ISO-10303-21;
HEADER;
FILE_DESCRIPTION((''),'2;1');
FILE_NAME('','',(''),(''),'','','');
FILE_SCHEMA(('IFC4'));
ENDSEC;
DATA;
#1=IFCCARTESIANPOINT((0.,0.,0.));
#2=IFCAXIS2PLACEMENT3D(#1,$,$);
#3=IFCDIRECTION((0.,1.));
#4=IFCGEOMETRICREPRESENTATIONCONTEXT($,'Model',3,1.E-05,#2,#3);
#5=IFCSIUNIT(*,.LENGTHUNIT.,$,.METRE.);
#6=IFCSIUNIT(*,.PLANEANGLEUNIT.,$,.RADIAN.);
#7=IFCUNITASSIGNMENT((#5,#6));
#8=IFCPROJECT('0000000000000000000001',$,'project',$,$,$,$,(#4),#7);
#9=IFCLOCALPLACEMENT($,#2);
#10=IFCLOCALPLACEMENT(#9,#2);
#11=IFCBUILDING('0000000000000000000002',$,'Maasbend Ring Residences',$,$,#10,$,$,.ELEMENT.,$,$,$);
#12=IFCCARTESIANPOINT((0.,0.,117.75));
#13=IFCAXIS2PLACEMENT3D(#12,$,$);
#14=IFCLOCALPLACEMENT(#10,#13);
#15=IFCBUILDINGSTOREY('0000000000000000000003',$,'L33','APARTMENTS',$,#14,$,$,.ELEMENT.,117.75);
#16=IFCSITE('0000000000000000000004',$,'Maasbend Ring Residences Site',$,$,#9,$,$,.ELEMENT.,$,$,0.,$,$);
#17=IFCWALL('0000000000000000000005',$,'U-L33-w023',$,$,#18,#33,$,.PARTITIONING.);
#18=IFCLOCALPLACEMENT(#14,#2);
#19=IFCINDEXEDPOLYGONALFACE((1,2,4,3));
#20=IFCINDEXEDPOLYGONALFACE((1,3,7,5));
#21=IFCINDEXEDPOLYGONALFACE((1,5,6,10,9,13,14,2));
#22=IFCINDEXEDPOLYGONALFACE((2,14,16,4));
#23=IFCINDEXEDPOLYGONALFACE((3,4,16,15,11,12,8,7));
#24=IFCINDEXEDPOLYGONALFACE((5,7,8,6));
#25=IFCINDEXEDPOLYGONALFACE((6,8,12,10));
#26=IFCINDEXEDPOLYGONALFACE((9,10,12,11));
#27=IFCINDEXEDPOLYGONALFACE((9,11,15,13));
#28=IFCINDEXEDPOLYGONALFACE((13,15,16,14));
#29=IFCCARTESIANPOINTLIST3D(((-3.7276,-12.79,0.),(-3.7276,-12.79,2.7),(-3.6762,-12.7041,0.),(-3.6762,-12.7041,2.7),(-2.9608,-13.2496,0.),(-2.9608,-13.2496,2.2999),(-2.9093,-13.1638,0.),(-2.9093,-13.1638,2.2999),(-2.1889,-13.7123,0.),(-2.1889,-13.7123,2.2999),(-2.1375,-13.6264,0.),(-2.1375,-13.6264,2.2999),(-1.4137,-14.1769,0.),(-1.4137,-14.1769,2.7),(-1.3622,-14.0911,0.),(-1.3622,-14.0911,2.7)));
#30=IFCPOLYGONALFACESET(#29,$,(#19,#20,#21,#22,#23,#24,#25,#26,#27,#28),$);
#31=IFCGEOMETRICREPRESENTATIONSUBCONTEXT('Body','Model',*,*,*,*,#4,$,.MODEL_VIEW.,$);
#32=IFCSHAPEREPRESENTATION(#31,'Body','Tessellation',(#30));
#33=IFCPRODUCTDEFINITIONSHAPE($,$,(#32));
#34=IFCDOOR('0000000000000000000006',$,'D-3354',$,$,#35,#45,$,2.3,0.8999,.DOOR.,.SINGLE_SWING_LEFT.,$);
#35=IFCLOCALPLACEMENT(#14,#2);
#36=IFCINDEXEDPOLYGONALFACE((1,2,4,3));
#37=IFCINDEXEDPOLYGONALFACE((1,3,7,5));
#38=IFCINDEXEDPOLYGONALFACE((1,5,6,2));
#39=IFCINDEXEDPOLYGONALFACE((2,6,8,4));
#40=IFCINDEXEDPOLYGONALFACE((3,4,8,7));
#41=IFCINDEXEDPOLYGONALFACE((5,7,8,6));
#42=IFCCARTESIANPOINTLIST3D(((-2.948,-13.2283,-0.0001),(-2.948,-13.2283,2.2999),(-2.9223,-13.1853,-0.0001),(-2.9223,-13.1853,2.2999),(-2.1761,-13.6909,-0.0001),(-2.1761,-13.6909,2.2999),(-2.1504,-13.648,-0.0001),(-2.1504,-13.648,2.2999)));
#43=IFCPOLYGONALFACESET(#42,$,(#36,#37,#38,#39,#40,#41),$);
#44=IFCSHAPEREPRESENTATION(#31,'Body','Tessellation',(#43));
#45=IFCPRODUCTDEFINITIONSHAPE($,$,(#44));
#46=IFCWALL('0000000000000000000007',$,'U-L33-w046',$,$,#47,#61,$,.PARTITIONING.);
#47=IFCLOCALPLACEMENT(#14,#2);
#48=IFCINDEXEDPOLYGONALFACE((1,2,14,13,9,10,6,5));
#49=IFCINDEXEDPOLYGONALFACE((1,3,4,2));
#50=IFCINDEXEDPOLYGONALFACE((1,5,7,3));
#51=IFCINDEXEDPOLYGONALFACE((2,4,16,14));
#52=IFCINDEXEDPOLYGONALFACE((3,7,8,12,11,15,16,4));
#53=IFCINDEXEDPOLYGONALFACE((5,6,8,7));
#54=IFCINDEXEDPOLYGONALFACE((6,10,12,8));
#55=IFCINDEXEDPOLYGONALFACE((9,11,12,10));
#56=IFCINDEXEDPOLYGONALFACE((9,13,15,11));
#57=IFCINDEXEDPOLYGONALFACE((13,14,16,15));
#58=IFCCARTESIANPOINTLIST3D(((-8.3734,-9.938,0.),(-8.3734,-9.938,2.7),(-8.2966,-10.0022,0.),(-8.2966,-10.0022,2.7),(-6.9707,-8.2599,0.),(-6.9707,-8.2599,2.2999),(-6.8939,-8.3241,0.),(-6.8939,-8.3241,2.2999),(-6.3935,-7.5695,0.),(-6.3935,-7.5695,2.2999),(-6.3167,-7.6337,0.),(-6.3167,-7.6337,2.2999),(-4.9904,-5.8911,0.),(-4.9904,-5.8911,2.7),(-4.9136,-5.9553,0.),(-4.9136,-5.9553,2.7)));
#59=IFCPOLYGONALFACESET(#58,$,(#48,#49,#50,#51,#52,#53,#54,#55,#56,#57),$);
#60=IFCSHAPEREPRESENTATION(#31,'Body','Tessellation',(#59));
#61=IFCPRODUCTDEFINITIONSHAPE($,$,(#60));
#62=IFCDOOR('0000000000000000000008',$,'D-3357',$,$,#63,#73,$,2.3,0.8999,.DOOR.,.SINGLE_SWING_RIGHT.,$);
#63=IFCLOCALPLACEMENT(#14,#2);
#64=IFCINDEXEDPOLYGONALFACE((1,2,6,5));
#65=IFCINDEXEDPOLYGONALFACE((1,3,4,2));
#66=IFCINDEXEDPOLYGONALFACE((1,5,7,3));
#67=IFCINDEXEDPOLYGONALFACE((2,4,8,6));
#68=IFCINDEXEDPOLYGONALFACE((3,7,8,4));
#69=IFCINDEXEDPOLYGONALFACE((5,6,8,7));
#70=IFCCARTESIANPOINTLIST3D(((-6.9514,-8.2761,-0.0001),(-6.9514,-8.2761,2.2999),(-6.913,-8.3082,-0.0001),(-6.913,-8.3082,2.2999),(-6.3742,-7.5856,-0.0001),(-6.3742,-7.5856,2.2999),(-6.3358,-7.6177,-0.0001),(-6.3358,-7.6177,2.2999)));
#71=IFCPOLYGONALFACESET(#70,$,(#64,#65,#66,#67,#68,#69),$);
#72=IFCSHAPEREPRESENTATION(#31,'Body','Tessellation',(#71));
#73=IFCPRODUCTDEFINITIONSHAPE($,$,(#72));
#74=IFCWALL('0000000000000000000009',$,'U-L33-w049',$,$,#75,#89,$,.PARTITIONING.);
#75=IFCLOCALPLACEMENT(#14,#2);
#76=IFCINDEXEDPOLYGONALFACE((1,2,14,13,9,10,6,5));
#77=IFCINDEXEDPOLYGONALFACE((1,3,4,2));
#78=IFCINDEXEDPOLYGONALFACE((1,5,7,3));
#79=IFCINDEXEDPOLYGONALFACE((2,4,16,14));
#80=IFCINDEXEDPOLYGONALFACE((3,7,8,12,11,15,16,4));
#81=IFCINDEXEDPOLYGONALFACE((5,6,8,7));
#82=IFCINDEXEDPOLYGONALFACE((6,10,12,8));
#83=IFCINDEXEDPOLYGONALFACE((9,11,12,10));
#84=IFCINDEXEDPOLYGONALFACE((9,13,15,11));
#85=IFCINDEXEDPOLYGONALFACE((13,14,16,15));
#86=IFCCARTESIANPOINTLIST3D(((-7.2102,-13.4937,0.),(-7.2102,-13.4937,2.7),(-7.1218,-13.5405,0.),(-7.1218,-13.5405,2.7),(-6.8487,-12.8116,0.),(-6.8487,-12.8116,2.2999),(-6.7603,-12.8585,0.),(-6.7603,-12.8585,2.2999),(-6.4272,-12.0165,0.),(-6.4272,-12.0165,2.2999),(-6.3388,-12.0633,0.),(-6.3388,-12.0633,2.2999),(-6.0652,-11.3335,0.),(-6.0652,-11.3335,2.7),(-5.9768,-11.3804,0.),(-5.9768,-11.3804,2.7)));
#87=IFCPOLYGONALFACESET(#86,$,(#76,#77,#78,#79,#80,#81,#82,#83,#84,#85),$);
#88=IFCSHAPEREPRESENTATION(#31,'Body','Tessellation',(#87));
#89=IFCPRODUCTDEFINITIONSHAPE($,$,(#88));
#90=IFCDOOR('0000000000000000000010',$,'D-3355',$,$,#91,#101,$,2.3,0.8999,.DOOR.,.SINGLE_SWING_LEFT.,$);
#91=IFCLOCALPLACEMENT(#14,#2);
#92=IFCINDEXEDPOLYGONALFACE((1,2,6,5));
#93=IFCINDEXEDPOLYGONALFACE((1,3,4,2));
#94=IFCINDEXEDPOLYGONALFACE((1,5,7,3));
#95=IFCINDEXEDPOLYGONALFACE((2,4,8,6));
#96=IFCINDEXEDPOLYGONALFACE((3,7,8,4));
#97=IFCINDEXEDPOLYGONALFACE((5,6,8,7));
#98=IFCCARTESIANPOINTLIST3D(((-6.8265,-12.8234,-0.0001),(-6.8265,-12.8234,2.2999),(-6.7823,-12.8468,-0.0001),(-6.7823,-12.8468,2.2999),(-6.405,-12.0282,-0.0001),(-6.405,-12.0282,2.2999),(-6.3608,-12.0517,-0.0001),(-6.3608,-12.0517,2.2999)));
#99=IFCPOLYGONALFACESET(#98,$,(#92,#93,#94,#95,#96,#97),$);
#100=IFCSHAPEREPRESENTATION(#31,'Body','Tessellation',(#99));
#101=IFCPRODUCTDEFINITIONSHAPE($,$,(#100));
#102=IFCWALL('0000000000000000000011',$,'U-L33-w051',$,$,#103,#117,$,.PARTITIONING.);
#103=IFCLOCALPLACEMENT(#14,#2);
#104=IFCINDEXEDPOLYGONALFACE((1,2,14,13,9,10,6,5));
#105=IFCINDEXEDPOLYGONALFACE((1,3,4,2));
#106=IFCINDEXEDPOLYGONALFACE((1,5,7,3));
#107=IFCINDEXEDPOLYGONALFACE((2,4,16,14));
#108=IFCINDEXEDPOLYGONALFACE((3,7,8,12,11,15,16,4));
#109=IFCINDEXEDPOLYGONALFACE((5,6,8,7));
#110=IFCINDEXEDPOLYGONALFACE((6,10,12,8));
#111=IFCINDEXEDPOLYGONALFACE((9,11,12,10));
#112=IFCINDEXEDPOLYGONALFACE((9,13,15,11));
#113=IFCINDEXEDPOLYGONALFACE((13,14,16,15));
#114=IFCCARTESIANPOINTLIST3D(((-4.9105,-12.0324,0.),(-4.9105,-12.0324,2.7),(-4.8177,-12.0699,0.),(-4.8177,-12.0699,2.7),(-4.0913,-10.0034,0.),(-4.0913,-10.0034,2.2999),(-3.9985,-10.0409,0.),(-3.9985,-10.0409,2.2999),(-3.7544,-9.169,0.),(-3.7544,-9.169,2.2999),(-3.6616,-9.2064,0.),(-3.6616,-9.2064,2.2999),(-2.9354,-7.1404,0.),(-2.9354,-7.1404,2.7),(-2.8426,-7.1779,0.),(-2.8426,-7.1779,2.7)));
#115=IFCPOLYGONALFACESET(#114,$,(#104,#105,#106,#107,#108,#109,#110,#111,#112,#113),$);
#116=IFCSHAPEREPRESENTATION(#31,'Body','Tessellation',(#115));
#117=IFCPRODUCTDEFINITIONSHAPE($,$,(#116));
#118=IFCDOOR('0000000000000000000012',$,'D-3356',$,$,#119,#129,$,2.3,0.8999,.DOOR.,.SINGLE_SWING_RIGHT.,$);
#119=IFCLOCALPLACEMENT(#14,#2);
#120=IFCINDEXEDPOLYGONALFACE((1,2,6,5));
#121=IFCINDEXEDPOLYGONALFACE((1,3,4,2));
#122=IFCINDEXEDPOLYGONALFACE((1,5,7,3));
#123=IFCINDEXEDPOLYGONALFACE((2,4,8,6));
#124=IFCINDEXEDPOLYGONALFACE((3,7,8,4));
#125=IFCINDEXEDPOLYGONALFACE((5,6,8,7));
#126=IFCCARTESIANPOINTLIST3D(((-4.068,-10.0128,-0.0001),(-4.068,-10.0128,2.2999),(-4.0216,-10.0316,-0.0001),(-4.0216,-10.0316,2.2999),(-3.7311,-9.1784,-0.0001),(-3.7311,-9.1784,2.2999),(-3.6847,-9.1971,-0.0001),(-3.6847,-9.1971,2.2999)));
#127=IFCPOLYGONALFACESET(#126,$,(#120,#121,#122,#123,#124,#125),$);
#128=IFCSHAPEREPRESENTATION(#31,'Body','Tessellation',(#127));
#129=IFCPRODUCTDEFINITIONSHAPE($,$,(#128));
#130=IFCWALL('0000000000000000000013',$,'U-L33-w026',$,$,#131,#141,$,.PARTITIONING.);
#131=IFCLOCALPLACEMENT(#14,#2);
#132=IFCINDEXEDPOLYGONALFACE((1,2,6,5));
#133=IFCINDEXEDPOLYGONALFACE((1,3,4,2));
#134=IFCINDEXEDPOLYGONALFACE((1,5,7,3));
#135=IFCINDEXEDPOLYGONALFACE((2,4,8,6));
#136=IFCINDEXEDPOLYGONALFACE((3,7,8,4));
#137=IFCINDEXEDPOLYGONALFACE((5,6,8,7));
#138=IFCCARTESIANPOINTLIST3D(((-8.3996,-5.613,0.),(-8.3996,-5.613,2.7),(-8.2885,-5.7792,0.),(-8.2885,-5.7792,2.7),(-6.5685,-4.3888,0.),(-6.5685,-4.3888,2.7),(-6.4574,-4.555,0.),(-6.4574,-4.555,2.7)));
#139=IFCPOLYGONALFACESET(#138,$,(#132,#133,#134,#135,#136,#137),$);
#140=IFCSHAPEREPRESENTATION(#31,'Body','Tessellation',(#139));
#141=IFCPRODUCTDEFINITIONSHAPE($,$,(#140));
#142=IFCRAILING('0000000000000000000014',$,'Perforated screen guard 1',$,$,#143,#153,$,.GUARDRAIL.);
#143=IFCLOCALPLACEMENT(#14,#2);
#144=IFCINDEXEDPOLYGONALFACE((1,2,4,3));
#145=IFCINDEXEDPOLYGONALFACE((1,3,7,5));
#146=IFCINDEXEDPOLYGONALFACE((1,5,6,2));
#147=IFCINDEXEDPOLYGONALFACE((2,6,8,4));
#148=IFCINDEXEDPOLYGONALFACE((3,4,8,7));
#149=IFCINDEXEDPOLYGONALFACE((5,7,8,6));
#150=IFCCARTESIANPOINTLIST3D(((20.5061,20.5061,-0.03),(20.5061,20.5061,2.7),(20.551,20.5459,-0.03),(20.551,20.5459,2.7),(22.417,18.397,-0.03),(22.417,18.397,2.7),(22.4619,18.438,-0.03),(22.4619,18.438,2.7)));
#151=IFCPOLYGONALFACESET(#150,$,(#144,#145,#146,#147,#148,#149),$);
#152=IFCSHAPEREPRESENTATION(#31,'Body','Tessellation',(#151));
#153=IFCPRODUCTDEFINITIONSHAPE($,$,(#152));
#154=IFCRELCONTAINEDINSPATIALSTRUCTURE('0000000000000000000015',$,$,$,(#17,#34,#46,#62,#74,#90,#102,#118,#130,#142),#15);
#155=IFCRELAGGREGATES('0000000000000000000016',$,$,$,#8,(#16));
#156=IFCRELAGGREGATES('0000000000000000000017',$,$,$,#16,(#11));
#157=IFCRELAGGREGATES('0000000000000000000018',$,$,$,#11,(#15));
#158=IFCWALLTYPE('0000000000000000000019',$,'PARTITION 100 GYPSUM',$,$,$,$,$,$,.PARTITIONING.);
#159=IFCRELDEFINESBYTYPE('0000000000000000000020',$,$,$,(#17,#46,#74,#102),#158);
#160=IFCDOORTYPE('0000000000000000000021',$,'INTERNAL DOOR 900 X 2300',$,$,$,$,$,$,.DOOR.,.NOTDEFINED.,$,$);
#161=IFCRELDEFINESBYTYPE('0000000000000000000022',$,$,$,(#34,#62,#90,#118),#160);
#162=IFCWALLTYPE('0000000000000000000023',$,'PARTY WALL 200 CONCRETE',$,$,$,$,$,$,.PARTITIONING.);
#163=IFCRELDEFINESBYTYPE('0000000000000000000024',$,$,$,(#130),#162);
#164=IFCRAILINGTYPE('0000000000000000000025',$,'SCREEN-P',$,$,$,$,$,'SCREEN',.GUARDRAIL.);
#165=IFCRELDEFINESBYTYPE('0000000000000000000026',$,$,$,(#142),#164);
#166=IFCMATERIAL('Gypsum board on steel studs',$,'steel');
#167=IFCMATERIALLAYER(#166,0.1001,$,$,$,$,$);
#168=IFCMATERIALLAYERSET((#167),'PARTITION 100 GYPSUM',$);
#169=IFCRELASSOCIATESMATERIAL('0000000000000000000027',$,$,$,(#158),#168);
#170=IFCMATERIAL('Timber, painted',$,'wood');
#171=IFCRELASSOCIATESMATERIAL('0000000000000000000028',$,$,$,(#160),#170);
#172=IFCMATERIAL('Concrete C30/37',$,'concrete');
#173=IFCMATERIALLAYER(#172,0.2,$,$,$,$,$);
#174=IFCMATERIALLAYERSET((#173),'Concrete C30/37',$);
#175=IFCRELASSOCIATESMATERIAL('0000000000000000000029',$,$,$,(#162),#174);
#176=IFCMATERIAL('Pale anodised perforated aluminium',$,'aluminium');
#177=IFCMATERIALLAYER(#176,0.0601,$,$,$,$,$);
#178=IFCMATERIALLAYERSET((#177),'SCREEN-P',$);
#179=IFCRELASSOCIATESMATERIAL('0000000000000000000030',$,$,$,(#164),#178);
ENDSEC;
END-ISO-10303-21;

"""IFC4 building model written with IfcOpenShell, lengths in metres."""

from ifc_helpers import new_model, si_unit, direction, frame, frame_2d, origin, place, context, subcontext, project, spatial, polyline, rectangle, outline, extrude, material, layer, layer_set, type_object, element, fill, save


model = new_model("IFC4")

# Units and contexts
model_context = context("Model", 3, precision=1e-05, world=origin(), true_north=direction((0.0, 1.0)))
body_context = subcontext(model_context, "Body", "Model", "MODEL_VIEW")
ifc_project = project(units=[si_unit("LENGTHUNIT", "METRE"), si_unit("PLANEANGLEUNIT", "RADIAN")], contexts=[model_context])

# Site, building, storey
site_placement = place(None, origin())
site = spatial("IfcSite", under=ifc_project, at=site_placement, Name="Maasbend Ring Residences Site", CompositionType="ELEMENT", RefElevation=0.0)
building_placement = place(site_placement, origin())
building = spatial("IfcBuilding", under=site, at=building_placement, Name="Maasbend Ring Residences", CompositionType="ELEMENT")
storey_placement = place(building_placement, frame((0.0, 0.0, 117.75)))
storey = spatial("IfcBuildingStorey", under=building, at=storey_placement, Name="L33", Description="APARTMENTS", CompositionType="ELEMENT", Elevation=117.75)

# Walls, openings, doors
ifc_material_1 = material(Name="Gypsum board on steel studs", Category="steel")
ifc_layer_1 = layer(ifc_material_1, 0.1001)
ifc_layer_set_1 = layer_set([ifc_layer_1], Name="PARTITION 100 GYPSUM")
wall_type_1 = type_object("IfcWallType", Name="PARTITION 100 GYPSUM", PredefinedType="PARTITIONING", material=ifc_layer_set_1)
wall_1_placement = place(storey_placement, frame((-3.7019, -12.7471, 0.0), z_axis=(0.0, 0.0, 1.0), x_axis=(0.857724, -0.51411, 0.0)))
wall_1 = element("IfcWall", 1, at=wall_1_placement, inside=storey, type_object=wall_type_1, Name="U-L33-w023", PredefinedType="PARTITIONING", context=body_context, shape_type="SweptSolid", body=[
    extrude(rectangle(XDim=2.6978, YDim=0.1001, at=frame_2d((1.3489, 0.0))), origin(), (0.0, 0.0, 1.0), 2.7),
])
opening_1_placement = place(wall_1_placement, frame((0.894, 0.0, 0.0)))
opening_1 = element("IfcOpeningElement", 2, at=opening_1_placement, cuts=wall_1, PredefinedType="OPENING", context=body_context, shape_type="SweptSolid", body=[
    extrude(rectangle(XDim=0.8999, YDim=2.3, at=frame_2d((0.45, 1.1499))), frame((0.0, 0.0601, 0.0), z_axis=(0.0, -1.0, 0.0), x_axis=(1.0, 0.0, 0.0)), (0.0, 0.0, 1.0), 0.1201),
])
ifc_material_2 = material(Name="Timber, painted", Category="wood")
door_type = type_object("IfcDoorType", Name="INTERNAL DOOR 900 X 2300", OperationType="NOTDEFINED", PredefinedType="DOOR", material=ifc_material_2)
door_1_placement = place(opening_1_placement, origin())
door_1 = element("IfcDoor", 3, at=door_1_placement, inside=storey, type_object=door_type, Name="D-3354", OperationType="SINGLE_SWING_LEFT", OverallHeight=2.3, OverallWidth=0.8999, PredefinedType="DOOR", context=body_context, shape_type="SweptSolid", body=[
    extrude(rectangle(XDim=0.8999, YDim=2.3, at=frame_2d((0.45, 1.1499))), frame((0.0, 0.0249, 0.0), z_axis=(0.0, -1.0, 0.0), x_axis=(1.0, 0.0, 0.0)), (0.0, 0.0, 1.0), 0.05),
])
fill(opening_1, door_1)
wall_2_placement = place(storey_placement, frame((-8.335, -9.97, 0.0), z_axis=(0.0, 0.0, 1.0), x_axis=(0.641376, 0.767226, 0.0)))
wall_2 = element("IfcWall", 4, at=wall_2_placement, inside=storey, type_object=wall_type_1, Name="U-L33-w046", PredefinedType="PARTITIONING", context=body_context, shape_type="SweptSolid", body=[
    extrude(rectangle(XDim=5.2747, YDim=0.1001, at=frame_2d((2.6372, 0.0))), origin(), (0.0, 0.0, 1.0), 2.7),
])
opening_2_placement = place(wall_2_placement, frame((2.187, 0.0, 0.0)))
opening_2 = element("IfcOpeningElement", 5, at=opening_2_placement, cuts=wall_2, PredefinedType="OPENING", context=body_context, shape_type="SweptSolid", body=[
    extrude(rectangle(XDim=0.8999, YDim=2.3, at=frame_2d((0.45, 1.1499))), frame((0.0, 0.0601, 0.0), z_axis=(0.0, -1.0, 0.0), x_axis=(1.0, 0.0, 0.0)), (0.0, 0.0, 1.0), 0.1201),
])
door_2_placement = place(opening_2_placement, origin())
door_2 = element("IfcDoor", 6, at=door_2_placement, inside=storey, type_object=door_type, Name="D-3357", OperationType="SINGLE_SWING_RIGHT", OverallHeight=2.3, OverallWidth=0.8999, PredefinedType="DOOR", context=body_context, shape_type="SweptSolid", body=[
    extrude(rectangle(XDim=0.8999, YDim=2.3, at=frame_2d((0.45, 1.1499))), frame((0.0, 0.0249, 0.0), z_axis=(0.0, -1.0, 0.0), x_axis=(1.0, 0.0, 0.0)), (0.0, 0.0, 1.0), 0.05),
])
fill(opening_2, door_2)
wall_3_placement = place(storey_placement, frame((-7.166, -13.5171, 0.0), z_axis=(0.0, 0.0, 1.0), x_axis=(0.468337, 0.88355, 0.0)))
wall_3 = element("IfcWall", 7, at=wall_3_placement, inside=storey, type_object=wall_type_1, Name="U-L33-w049", PredefinedType="PARTITIONING", context=body_context, shape_type="SweptSolid", body=[
    extrude(rectangle(XDim=2.4448, YDim=0.1001, at=frame_2d((1.2224, 0.0))), origin(), (0.0, 0.0, 1.0), 2.7),
])
opening_3_placement = place(wall_3_placement, frame((0.772, 0.0, 0.0)))
opening_3 = element("IfcOpeningElement", 8, at=opening_3_placement, cuts=wall_3, PredefinedType="OPENING", context=body_context, shape_type="SweptSolid", body=[
    extrude(rectangle(XDim=0.8999, YDim=2.3, at=frame_2d((0.45, 1.1499))), frame((0.0, 0.0601, 0.0), z_axis=(0.0, -1.0, 0.0), x_axis=(1.0, 0.0, 0.0)), (0.0, 0.0, 1.0), 0.1201),
])
door_3_placement = place(opening_3_placement, origin())
door_3 = element("IfcDoor", 9, at=door_3_placement, inside=storey, type_object=door_type, Name="D-3355", OperationType="SINGLE_SWING_LEFT", OverallHeight=2.3, OverallWidth=0.8999, PredefinedType="DOOR", context=body_context, shape_type="SweptSolid", body=[
    extrude(rectangle(XDim=0.8999, YDim=2.3, at=frame_2d((0.45, 1.1499))), frame((0.0, 0.0249, 0.0), z_axis=(0.0, -1.0, 0.0), x_axis=(1.0, 0.0, 0.0)), (0.0, 0.0, 1.0), 0.05),
])
fill(opening_3, door_3)
wall_4_placement = place(storey_placement, frame((-4.864, -12.051, 0.0), z_axis=(0.0, 0.0, 1.0), x_axis=(0.374373, 0.927278, 0.0)))
wall_4 = element("IfcWall", 10, at=wall_4_placement, inside=storey, type_object=wall_type_1, Name="U-L33-w051", PredefinedType="PARTITIONING", context=body_context, shape_type="SweptSolid", body=[
    extrude(rectangle(XDim=5.2756, YDim=0.1001, at=frame_2d((2.6377, 0.0))), origin(), (0.0, 0.0, 1.0), 2.7),
])
opening_4_placement = place(wall_4_placement, frame((2.188, 0.0, 0.0)))
opening_4 = element("IfcOpeningElement", 11, at=opening_4_placement, cuts=wall_4, PredefinedType="OPENING", context=body_context, shape_type="SweptSolid", body=[
    extrude(rectangle(XDim=0.8999, YDim=2.3, at=frame_2d((0.45, 1.1499))), frame((0.0, 0.0601, 0.0), z_axis=(0.0, -1.0, 0.0), x_axis=(1.0, 0.0, 0.0)), (0.0, 0.0, 1.0), 0.1201),
])
door_4_placement = place(opening_4_placement, origin())
door_4 = element("IfcDoor", 12, at=door_4_placement, inside=storey, type_object=door_type, Name="D-3356", OperationType="SINGLE_SWING_RIGHT", OverallHeight=2.3, OverallWidth=0.8999, PredefinedType="DOOR", context=body_context, shape_type="SweptSolid", body=[
    extrude(rectangle(XDim=0.8999, YDim=2.3, at=frame_2d((0.45, 1.1499))), frame((0.0, 0.0249, 0.0), z_axis=(0.0, -1.0, 0.0), x_axis=(1.0, 0.0, 0.0)), (0.0, 0.0, 1.0), 0.05),
])
fill(opening_4, door_4)

# Wall
ifc_material_3 = material(Name="Concrete C30/37", Category="concrete")
ifc_layer_2 = layer(ifc_material_3, 0.2)
ifc_layer_set_2 = layer_set([ifc_layer_2], Name="Concrete C30/37")
wall_type_2 = type_object("IfcWallType", Name="PARTY WALL 200 CONCRETE", PredefinedType="PARTITIONING", material=ifc_layer_set_2)
wall_5_placement = place(storey_placement, frame((-6.5129, -4.4719, 0.0), z_axis=(0.0, 0.0, 1.0), x_axis=(-0.831333, -0.555774, 0.0)))
element("IfcWall", 13, at=wall_5_placement, inside=storey, type_object=wall_type_2, Name="U-L33-w026", PredefinedType="PARTITIONING", context=body_context, shape_type="SweptSolid", body=[
    extrude(rectangle(XDim=2.2026, YDim=0.2, at=frame_2d((1.1013, 0.0))), origin(), (0.0, 0.0, 1.0), 2.7),
])

# Railing
ifc_material_4 = material(Name="Pale anodised perforated aluminium", Category="aluminium")
ifc_layer_3 = layer(ifc_material_4, 0.0601)
ifc_layer_set_3 = layer_set([ifc_layer_3], Name="SCREEN-P")
railing_type = type_object("IfcRailingType", Name="SCREEN-P", ElementType="SCREEN", PredefinedType="GUARDRAIL", material=ifc_layer_set_3)
railing_placement = place(storey_placement, frame((0.0, 0.0, -0.03)))
element("IfcRailing", 14, at=railing_placement, inside=storey, type_object=railing_type, Name="Perforated screen guard 1", PredefinedType="GUARDRAIL", context=body_context, shape_type="SweptSolid", body=[
    extrude(outline(polyline([(22.417, 18.397), (20.5061, 20.5061), (20.551, 20.5459), (22.4619, 18.438), (22.417, 18.397)])), origin(), (0.0, 0.0, 1.0), 2.73),
])

save(model, "model.ifc")
